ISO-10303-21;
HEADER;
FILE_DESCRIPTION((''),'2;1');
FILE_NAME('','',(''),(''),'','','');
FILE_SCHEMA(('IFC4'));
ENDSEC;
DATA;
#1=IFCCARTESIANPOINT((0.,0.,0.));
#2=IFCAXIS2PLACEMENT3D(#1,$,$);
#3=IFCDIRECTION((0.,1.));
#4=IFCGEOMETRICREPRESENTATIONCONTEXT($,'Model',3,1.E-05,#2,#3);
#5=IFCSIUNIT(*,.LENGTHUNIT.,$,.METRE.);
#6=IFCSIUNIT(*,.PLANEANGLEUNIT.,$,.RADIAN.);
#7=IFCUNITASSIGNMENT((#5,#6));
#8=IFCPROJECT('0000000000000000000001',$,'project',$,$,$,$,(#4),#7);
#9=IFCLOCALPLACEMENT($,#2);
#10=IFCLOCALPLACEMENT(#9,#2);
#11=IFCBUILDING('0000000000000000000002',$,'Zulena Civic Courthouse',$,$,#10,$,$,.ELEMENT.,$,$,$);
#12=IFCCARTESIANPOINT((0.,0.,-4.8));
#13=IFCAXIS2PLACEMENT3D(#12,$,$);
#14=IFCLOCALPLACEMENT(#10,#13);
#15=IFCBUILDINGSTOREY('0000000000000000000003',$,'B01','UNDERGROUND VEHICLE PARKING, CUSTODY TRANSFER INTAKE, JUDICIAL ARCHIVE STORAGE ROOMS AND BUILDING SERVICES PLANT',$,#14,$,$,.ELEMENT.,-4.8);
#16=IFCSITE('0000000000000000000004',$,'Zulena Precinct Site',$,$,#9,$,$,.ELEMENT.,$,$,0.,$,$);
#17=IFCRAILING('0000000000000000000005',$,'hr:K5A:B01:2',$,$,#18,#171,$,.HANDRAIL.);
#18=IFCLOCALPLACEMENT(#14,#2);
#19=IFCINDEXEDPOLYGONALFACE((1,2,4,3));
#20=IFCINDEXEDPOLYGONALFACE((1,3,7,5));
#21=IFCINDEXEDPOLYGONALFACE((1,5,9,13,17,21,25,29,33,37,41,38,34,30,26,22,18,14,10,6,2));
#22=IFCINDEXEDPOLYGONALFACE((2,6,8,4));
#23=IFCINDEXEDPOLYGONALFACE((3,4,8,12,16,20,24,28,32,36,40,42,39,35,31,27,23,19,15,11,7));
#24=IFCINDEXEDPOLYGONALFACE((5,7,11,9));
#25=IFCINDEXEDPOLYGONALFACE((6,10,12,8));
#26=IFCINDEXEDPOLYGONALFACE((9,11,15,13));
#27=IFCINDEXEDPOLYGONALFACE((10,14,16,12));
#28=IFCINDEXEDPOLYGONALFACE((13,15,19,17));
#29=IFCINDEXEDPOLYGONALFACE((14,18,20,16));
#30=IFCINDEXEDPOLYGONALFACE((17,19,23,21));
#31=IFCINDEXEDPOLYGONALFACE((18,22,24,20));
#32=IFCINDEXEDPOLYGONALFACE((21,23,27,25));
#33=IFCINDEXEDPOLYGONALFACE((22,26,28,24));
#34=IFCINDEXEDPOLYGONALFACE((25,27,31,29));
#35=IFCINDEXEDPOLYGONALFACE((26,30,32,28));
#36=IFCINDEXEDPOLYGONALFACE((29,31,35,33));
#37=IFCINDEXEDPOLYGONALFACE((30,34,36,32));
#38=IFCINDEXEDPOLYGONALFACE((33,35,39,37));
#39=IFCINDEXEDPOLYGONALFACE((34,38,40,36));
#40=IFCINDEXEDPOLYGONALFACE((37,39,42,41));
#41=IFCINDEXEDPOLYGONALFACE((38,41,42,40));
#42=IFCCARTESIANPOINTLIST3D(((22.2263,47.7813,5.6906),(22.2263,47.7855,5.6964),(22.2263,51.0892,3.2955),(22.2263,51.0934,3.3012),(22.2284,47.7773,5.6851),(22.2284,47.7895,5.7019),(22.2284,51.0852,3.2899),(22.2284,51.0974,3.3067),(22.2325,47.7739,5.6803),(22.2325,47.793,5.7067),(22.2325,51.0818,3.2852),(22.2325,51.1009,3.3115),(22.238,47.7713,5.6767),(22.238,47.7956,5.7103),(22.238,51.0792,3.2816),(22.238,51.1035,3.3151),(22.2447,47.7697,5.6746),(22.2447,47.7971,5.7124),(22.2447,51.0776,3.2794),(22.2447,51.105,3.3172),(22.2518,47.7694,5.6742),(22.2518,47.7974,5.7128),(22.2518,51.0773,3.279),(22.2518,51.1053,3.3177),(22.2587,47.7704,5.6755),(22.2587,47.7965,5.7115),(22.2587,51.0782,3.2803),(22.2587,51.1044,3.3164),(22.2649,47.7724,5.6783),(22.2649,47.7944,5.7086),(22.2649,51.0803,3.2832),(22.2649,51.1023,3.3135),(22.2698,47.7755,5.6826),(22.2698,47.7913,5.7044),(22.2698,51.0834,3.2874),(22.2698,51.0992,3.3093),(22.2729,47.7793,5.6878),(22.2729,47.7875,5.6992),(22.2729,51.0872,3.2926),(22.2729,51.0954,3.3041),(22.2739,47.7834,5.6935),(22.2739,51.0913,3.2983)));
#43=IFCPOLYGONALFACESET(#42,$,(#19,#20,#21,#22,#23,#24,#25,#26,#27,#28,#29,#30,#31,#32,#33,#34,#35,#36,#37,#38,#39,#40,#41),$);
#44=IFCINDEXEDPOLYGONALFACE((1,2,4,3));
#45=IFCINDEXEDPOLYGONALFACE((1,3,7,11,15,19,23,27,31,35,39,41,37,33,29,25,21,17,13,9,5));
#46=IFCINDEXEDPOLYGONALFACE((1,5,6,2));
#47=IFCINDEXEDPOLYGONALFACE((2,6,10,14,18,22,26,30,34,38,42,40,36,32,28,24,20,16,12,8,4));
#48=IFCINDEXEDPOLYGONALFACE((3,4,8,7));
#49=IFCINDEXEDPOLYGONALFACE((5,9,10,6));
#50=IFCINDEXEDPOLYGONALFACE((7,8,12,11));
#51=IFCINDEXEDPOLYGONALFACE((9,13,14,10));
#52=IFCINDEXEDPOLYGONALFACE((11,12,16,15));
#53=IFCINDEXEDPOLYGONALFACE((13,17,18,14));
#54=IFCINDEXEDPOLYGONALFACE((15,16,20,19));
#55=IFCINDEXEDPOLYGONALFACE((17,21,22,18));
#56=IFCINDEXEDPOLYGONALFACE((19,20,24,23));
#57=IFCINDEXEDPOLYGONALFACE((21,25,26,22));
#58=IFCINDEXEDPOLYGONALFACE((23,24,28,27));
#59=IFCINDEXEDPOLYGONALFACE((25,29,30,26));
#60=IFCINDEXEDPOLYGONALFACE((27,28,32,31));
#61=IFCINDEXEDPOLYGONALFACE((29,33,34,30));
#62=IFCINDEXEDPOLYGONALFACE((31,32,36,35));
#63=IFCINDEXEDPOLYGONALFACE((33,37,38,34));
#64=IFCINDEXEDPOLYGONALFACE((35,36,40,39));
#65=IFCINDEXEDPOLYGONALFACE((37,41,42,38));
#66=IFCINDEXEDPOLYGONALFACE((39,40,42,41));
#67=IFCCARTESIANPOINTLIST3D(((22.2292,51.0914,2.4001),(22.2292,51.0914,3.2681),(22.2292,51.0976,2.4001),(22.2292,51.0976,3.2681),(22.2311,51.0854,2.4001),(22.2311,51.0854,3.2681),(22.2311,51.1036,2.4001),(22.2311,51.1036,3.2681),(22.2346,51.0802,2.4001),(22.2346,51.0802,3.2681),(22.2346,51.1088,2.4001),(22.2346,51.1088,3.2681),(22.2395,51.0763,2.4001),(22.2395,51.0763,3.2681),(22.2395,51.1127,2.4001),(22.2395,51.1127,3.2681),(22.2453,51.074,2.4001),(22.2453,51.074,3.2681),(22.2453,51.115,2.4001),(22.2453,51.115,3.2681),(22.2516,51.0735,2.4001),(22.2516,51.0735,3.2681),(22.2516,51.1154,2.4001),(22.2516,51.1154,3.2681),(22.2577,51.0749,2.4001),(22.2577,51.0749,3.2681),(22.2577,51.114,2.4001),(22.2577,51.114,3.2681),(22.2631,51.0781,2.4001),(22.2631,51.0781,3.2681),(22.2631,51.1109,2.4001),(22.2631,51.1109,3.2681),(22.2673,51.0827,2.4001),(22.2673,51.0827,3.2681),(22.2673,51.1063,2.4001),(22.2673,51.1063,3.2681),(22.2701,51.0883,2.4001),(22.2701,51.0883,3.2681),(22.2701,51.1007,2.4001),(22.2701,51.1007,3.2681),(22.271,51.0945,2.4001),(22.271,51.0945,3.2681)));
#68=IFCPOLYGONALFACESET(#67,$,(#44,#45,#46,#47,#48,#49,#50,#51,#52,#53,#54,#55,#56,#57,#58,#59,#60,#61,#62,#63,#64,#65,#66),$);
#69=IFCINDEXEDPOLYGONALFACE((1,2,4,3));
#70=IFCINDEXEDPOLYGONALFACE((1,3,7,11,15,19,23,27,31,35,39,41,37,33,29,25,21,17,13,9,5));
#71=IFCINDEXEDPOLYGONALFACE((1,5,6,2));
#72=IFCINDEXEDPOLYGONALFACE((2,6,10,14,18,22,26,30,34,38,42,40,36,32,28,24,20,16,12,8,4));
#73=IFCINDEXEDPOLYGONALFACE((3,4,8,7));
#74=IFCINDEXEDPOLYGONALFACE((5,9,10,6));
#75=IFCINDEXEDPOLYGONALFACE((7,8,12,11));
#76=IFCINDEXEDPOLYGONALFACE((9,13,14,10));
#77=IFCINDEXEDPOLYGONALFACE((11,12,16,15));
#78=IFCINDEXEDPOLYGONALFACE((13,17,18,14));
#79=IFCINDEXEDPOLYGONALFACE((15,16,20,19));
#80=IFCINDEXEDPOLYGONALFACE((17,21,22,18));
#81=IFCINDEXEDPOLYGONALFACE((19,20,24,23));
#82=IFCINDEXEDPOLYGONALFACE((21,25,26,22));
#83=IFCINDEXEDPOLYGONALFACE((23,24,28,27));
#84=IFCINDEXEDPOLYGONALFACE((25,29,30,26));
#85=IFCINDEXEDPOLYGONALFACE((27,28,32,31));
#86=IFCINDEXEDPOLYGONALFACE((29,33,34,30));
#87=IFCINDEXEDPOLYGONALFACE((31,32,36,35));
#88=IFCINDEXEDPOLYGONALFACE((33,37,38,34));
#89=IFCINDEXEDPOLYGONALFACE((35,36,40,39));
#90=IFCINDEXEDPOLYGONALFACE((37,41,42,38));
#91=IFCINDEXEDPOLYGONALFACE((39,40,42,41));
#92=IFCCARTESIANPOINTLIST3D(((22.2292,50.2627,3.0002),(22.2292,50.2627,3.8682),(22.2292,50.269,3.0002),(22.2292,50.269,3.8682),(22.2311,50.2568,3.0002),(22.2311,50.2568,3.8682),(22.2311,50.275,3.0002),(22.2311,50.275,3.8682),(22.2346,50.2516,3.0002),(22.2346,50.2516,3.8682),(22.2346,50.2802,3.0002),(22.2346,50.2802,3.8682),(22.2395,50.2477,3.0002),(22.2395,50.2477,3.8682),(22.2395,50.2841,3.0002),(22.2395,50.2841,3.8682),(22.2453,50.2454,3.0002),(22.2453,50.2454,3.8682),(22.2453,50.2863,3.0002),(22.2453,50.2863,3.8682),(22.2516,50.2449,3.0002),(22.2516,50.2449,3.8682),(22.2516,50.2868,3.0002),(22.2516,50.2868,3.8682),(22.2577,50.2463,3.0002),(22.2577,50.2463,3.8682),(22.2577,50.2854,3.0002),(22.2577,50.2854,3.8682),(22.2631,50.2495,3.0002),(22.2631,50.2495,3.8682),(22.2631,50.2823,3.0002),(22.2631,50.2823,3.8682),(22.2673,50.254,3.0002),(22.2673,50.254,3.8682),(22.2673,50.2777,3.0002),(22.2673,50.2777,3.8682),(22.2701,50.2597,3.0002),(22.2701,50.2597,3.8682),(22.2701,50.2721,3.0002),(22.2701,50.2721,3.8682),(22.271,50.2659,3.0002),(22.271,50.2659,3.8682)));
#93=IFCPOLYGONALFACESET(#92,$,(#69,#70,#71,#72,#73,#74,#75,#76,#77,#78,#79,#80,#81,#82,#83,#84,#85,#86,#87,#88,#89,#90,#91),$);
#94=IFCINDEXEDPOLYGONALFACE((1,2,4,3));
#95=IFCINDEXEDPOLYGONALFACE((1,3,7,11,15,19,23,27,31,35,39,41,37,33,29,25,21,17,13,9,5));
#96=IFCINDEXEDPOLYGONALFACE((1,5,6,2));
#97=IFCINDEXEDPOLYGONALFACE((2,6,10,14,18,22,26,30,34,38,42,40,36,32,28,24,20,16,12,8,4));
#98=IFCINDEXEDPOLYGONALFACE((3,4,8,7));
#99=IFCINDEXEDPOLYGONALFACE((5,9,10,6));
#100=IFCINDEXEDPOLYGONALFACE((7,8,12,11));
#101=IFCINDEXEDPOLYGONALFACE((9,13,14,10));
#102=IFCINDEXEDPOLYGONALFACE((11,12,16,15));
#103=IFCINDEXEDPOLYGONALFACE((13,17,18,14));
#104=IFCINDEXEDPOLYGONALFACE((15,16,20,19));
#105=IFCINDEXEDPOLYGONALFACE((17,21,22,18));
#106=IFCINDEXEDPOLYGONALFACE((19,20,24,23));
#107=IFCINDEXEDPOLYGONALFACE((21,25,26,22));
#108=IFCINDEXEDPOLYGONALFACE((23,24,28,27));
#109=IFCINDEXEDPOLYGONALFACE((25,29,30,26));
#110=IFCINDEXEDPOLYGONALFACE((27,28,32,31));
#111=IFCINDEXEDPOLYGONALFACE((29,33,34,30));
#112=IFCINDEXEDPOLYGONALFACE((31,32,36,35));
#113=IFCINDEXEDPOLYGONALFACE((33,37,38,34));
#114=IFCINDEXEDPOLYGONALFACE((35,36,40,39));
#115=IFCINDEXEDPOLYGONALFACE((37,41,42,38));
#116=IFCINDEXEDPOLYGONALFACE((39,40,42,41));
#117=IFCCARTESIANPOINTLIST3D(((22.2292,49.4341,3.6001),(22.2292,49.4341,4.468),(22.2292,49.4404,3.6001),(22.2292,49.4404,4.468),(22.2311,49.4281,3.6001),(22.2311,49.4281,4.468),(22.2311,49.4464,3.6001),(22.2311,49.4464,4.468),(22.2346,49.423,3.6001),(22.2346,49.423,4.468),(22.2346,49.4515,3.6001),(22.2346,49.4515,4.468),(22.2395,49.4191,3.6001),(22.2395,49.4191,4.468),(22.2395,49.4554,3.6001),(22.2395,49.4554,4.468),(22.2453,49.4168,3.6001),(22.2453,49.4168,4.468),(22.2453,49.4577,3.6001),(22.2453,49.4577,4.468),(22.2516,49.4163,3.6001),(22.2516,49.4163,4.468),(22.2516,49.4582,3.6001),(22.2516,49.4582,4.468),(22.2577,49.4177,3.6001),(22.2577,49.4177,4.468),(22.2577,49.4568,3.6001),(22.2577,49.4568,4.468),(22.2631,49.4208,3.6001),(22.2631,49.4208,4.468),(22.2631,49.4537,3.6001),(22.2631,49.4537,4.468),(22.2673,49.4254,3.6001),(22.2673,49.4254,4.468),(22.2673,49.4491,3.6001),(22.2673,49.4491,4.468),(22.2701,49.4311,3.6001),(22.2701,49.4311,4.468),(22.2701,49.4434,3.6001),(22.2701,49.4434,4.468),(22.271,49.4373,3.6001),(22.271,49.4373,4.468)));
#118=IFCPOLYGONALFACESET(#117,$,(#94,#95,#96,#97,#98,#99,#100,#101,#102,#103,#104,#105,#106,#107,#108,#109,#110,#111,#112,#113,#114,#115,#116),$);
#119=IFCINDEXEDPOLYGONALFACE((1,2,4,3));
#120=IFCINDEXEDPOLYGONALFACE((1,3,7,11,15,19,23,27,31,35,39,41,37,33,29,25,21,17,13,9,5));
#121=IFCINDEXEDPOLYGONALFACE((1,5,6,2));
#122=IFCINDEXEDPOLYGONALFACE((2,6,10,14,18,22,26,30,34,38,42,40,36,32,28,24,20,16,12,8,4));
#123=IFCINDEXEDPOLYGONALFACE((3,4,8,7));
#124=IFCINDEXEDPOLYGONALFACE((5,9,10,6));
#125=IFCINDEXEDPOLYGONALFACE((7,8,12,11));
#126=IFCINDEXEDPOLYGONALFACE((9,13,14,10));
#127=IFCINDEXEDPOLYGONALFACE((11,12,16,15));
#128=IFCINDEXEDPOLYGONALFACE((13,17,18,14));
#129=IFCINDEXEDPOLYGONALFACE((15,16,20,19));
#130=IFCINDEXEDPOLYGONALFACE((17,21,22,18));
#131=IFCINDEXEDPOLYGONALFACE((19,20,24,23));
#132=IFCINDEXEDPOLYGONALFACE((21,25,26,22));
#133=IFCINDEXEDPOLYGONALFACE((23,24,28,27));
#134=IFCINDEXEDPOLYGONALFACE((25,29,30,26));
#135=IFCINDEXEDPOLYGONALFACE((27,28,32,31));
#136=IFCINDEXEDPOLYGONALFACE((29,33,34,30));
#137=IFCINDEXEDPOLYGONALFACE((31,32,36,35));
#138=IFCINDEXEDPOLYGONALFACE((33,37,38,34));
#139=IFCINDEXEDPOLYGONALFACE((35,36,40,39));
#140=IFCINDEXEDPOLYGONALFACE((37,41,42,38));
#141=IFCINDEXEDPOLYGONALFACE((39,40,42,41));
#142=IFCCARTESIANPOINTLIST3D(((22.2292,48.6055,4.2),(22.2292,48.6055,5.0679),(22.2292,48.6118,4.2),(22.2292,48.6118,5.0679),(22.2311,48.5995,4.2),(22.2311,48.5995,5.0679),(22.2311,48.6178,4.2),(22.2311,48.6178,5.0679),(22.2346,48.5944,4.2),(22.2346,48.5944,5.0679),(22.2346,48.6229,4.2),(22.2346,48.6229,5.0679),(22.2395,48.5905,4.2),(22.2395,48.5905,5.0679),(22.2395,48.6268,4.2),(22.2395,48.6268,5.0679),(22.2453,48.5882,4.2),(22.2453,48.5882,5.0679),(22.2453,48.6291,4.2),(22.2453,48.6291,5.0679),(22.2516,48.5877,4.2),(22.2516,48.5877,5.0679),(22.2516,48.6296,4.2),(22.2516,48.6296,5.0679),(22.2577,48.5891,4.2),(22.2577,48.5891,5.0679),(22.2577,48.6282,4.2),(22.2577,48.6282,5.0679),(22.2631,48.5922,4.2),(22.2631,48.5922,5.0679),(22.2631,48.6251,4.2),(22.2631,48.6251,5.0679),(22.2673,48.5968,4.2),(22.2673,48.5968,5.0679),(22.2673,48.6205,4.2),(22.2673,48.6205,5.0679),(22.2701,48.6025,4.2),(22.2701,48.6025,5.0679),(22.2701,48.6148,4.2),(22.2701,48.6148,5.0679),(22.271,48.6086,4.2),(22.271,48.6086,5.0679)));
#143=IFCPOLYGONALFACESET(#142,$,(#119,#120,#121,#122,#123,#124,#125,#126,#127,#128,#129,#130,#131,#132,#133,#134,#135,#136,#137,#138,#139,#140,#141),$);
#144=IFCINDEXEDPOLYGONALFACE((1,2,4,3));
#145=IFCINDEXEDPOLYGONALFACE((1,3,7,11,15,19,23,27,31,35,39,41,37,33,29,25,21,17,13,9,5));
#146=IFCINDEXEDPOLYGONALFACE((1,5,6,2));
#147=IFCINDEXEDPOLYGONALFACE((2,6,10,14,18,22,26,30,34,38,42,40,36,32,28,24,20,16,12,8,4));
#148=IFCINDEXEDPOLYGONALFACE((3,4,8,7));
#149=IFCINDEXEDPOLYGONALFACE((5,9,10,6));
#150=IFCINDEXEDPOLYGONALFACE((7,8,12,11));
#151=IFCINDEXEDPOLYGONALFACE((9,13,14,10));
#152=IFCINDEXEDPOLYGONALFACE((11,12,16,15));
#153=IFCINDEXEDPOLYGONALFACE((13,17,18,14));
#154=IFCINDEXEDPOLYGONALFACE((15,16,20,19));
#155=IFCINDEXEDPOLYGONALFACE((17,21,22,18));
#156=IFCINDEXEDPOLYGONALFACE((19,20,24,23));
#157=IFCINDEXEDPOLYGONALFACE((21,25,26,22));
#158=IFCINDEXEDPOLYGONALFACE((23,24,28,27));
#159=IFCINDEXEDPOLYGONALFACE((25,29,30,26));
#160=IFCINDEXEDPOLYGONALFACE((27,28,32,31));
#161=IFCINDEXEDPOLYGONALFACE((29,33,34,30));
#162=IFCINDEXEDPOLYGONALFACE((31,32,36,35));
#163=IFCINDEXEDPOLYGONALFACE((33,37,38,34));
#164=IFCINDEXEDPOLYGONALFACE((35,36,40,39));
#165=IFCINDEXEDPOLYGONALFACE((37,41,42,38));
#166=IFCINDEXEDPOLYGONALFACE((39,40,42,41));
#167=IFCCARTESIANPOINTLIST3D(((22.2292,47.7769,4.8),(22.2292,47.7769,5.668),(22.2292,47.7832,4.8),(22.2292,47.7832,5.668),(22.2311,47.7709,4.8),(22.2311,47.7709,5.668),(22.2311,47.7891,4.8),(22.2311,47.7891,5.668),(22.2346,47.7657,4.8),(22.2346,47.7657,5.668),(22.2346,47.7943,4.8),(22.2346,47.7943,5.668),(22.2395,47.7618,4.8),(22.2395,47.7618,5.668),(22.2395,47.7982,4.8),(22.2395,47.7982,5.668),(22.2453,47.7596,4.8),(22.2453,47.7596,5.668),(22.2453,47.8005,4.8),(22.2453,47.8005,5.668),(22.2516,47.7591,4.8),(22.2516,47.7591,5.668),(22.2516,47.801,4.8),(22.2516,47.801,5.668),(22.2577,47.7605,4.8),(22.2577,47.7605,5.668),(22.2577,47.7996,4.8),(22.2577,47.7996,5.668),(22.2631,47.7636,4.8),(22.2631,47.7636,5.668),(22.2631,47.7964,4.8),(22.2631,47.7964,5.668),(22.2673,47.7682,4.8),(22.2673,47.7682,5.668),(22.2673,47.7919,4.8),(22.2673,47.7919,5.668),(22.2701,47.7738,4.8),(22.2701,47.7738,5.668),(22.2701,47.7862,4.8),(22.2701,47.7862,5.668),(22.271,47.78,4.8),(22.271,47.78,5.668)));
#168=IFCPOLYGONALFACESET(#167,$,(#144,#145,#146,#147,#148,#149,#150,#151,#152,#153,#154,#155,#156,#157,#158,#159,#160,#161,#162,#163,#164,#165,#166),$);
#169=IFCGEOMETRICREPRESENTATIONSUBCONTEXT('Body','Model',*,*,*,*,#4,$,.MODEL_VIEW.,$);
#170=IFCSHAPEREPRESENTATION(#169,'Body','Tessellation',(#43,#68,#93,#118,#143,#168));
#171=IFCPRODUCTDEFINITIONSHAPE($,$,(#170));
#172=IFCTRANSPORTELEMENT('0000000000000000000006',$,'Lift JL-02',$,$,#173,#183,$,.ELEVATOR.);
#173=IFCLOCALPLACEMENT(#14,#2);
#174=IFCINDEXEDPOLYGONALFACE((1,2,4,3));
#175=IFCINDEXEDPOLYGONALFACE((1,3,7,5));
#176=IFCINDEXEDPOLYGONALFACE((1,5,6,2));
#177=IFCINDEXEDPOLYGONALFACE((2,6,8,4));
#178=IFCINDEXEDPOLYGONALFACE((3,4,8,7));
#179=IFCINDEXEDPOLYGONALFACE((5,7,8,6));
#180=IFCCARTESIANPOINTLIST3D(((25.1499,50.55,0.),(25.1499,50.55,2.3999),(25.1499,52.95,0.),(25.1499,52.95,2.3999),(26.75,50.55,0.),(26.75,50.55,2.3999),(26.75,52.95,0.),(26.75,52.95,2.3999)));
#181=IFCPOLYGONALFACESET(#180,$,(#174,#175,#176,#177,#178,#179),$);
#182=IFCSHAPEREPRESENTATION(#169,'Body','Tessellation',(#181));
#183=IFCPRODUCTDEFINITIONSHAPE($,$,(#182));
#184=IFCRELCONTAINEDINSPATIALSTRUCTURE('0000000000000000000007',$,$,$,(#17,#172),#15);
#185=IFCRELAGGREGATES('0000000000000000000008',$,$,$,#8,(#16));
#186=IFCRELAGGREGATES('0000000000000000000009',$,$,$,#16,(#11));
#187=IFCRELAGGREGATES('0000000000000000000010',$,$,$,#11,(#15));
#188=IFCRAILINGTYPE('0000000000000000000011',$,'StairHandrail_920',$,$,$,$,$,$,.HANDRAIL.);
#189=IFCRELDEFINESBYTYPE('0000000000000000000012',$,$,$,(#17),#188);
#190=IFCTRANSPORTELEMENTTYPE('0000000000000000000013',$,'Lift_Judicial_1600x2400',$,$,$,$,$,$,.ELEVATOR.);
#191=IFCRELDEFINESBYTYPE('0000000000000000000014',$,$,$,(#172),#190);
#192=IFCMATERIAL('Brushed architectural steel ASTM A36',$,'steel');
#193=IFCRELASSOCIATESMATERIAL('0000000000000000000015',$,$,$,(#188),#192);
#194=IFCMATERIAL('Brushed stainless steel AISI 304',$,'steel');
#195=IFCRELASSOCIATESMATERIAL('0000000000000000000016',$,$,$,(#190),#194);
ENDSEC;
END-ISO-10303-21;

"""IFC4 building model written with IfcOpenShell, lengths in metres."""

from ifc_helpers import new_model, si_unit, direction, frame, origin, origin_2d, place, context, subcontext, project, spatial, rectangle, circle, extrude, material, type_object, element, save


model = new_model("IFC4")

# Units and contexts
model_context = context("Model", 3, precision=1e-05, world=origin(), true_north=direction((0.0, 1.0)))
body_context = subcontext(model_context, "Body", "Model", "MODEL_VIEW")
ifc_project = project(units=[si_unit("LENGTHUNIT", "METRE"), si_unit("PLANEANGLEUNIT", "RADIAN")], contexts=[model_context])

# Site, building, storey
site_placement = place(None, origin())
site = spatial("IfcSite", under=ifc_project, at=site_placement, Name="Zulena Precinct Site", CompositionType="ELEMENT", RefElevation=0.0)
building_placement = place(site_placement, origin())
building = spatial("IfcBuilding", under=site, at=building_placement, Name="Zulena Civic Courthouse", CompositionType="ELEMENT")
storey_placement = place(building_placement, frame((0.0, 0.0, -4.8)))
storey = spatial("IfcBuildingStorey", under=building, at=storey_placement, Name="B01", Description="UNDERGROUND VEHICLE PARKING, CUSTODY TRANSFER INTAKE, JUDICIAL ARCHIVE STORAGE ROOMS AND BUILDING SERVICES PLANT", CompositionType="ELEMENT", Elevation=-4.8)

# Railing
ifc_material_1 = material(Name="Brushed architectural steel ASTM A36", Category="steel")
railing_type_1 = type_object("IfcRailingType", Name="StairHandrail_920", PredefinedType="HANDRAIL", material=ifc_material_1)
railing_1_placement = place(storey_placement, frame((22.25, 51.0945, 2.4001)))
element("IfcRailing", 1, at=railing_1_placement, inside=storey, type_object=railing_type_1, Name="hr:K5A:B01:2", PredefinedType="HANDRAIL", context=body_context, shape_type="SweptSolid", body=[
    extrude(circle(Radius=0.0239, at=origin_2d()), frame((0.0, -0.0032, 0.8982), z_axis=(0.0, -0.809968, 0.586475), x_axis=(1.0, 0.0, 0.0)), (0.0, 0.0, 1.0), 4.084),
    extrude(circle(Radius=0.021, at=origin_2d()), origin(), (0.0, 0.0, 1.0), 0.8679),
    extrude(circle(Radius=0.021, at=origin_2d()), frame((0.0, -0.8286, 0.6001)), (0.0, 0.0, 1.0), 0.8679),
    extrude(circle(Radius=0.021, at=origin_2d()), frame((0.0, -1.6572, 1.2)), (0.0, 0.0, 1.0), 0.8679),
    extrude(circle(Radius=0.021, at=origin_2d()), frame((0.0, -2.4858, 1.7998)), (0.0, 0.0, 1.0), 0.8679),
    extrude(circle(Radius=0.021, at=origin_2d()), frame((0.0, -3.3145, 2.3999)), (0.0, 0.0, 1.0), 0.8679),
])

# Transport element
ifc_material_2 = material(Name="Brushed stainless steel AISI 304", Category="steel")
transport_element_type = type_object("IfcTransportElementType", Name="Lift_Judicial_1600x2400", PredefinedType="ELEVATOR", material=ifc_material_2)
transport_element_placement = place(storey_placement, frame((25.95, 51.75, 0.0), z_axis=(0.0, 0.0, 1.0), x_axis=(1.0, 0.0, 0.0)))
element("IfcTransportElement", 2, at=transport_element_placement, inside=storey, type_object=transport_element_type, Name="Lift JL-02", PredefinedType="ELEVATOR", context=body_context, shape_type="SweptSolid", body=[
    extrude(rectangle(XDim=1.6001, YDim=2.3999, at=origin_2d()), origin(), (0.0, 0.0, 1.0), 2.3999),
])

save(model, "model.ifc")
